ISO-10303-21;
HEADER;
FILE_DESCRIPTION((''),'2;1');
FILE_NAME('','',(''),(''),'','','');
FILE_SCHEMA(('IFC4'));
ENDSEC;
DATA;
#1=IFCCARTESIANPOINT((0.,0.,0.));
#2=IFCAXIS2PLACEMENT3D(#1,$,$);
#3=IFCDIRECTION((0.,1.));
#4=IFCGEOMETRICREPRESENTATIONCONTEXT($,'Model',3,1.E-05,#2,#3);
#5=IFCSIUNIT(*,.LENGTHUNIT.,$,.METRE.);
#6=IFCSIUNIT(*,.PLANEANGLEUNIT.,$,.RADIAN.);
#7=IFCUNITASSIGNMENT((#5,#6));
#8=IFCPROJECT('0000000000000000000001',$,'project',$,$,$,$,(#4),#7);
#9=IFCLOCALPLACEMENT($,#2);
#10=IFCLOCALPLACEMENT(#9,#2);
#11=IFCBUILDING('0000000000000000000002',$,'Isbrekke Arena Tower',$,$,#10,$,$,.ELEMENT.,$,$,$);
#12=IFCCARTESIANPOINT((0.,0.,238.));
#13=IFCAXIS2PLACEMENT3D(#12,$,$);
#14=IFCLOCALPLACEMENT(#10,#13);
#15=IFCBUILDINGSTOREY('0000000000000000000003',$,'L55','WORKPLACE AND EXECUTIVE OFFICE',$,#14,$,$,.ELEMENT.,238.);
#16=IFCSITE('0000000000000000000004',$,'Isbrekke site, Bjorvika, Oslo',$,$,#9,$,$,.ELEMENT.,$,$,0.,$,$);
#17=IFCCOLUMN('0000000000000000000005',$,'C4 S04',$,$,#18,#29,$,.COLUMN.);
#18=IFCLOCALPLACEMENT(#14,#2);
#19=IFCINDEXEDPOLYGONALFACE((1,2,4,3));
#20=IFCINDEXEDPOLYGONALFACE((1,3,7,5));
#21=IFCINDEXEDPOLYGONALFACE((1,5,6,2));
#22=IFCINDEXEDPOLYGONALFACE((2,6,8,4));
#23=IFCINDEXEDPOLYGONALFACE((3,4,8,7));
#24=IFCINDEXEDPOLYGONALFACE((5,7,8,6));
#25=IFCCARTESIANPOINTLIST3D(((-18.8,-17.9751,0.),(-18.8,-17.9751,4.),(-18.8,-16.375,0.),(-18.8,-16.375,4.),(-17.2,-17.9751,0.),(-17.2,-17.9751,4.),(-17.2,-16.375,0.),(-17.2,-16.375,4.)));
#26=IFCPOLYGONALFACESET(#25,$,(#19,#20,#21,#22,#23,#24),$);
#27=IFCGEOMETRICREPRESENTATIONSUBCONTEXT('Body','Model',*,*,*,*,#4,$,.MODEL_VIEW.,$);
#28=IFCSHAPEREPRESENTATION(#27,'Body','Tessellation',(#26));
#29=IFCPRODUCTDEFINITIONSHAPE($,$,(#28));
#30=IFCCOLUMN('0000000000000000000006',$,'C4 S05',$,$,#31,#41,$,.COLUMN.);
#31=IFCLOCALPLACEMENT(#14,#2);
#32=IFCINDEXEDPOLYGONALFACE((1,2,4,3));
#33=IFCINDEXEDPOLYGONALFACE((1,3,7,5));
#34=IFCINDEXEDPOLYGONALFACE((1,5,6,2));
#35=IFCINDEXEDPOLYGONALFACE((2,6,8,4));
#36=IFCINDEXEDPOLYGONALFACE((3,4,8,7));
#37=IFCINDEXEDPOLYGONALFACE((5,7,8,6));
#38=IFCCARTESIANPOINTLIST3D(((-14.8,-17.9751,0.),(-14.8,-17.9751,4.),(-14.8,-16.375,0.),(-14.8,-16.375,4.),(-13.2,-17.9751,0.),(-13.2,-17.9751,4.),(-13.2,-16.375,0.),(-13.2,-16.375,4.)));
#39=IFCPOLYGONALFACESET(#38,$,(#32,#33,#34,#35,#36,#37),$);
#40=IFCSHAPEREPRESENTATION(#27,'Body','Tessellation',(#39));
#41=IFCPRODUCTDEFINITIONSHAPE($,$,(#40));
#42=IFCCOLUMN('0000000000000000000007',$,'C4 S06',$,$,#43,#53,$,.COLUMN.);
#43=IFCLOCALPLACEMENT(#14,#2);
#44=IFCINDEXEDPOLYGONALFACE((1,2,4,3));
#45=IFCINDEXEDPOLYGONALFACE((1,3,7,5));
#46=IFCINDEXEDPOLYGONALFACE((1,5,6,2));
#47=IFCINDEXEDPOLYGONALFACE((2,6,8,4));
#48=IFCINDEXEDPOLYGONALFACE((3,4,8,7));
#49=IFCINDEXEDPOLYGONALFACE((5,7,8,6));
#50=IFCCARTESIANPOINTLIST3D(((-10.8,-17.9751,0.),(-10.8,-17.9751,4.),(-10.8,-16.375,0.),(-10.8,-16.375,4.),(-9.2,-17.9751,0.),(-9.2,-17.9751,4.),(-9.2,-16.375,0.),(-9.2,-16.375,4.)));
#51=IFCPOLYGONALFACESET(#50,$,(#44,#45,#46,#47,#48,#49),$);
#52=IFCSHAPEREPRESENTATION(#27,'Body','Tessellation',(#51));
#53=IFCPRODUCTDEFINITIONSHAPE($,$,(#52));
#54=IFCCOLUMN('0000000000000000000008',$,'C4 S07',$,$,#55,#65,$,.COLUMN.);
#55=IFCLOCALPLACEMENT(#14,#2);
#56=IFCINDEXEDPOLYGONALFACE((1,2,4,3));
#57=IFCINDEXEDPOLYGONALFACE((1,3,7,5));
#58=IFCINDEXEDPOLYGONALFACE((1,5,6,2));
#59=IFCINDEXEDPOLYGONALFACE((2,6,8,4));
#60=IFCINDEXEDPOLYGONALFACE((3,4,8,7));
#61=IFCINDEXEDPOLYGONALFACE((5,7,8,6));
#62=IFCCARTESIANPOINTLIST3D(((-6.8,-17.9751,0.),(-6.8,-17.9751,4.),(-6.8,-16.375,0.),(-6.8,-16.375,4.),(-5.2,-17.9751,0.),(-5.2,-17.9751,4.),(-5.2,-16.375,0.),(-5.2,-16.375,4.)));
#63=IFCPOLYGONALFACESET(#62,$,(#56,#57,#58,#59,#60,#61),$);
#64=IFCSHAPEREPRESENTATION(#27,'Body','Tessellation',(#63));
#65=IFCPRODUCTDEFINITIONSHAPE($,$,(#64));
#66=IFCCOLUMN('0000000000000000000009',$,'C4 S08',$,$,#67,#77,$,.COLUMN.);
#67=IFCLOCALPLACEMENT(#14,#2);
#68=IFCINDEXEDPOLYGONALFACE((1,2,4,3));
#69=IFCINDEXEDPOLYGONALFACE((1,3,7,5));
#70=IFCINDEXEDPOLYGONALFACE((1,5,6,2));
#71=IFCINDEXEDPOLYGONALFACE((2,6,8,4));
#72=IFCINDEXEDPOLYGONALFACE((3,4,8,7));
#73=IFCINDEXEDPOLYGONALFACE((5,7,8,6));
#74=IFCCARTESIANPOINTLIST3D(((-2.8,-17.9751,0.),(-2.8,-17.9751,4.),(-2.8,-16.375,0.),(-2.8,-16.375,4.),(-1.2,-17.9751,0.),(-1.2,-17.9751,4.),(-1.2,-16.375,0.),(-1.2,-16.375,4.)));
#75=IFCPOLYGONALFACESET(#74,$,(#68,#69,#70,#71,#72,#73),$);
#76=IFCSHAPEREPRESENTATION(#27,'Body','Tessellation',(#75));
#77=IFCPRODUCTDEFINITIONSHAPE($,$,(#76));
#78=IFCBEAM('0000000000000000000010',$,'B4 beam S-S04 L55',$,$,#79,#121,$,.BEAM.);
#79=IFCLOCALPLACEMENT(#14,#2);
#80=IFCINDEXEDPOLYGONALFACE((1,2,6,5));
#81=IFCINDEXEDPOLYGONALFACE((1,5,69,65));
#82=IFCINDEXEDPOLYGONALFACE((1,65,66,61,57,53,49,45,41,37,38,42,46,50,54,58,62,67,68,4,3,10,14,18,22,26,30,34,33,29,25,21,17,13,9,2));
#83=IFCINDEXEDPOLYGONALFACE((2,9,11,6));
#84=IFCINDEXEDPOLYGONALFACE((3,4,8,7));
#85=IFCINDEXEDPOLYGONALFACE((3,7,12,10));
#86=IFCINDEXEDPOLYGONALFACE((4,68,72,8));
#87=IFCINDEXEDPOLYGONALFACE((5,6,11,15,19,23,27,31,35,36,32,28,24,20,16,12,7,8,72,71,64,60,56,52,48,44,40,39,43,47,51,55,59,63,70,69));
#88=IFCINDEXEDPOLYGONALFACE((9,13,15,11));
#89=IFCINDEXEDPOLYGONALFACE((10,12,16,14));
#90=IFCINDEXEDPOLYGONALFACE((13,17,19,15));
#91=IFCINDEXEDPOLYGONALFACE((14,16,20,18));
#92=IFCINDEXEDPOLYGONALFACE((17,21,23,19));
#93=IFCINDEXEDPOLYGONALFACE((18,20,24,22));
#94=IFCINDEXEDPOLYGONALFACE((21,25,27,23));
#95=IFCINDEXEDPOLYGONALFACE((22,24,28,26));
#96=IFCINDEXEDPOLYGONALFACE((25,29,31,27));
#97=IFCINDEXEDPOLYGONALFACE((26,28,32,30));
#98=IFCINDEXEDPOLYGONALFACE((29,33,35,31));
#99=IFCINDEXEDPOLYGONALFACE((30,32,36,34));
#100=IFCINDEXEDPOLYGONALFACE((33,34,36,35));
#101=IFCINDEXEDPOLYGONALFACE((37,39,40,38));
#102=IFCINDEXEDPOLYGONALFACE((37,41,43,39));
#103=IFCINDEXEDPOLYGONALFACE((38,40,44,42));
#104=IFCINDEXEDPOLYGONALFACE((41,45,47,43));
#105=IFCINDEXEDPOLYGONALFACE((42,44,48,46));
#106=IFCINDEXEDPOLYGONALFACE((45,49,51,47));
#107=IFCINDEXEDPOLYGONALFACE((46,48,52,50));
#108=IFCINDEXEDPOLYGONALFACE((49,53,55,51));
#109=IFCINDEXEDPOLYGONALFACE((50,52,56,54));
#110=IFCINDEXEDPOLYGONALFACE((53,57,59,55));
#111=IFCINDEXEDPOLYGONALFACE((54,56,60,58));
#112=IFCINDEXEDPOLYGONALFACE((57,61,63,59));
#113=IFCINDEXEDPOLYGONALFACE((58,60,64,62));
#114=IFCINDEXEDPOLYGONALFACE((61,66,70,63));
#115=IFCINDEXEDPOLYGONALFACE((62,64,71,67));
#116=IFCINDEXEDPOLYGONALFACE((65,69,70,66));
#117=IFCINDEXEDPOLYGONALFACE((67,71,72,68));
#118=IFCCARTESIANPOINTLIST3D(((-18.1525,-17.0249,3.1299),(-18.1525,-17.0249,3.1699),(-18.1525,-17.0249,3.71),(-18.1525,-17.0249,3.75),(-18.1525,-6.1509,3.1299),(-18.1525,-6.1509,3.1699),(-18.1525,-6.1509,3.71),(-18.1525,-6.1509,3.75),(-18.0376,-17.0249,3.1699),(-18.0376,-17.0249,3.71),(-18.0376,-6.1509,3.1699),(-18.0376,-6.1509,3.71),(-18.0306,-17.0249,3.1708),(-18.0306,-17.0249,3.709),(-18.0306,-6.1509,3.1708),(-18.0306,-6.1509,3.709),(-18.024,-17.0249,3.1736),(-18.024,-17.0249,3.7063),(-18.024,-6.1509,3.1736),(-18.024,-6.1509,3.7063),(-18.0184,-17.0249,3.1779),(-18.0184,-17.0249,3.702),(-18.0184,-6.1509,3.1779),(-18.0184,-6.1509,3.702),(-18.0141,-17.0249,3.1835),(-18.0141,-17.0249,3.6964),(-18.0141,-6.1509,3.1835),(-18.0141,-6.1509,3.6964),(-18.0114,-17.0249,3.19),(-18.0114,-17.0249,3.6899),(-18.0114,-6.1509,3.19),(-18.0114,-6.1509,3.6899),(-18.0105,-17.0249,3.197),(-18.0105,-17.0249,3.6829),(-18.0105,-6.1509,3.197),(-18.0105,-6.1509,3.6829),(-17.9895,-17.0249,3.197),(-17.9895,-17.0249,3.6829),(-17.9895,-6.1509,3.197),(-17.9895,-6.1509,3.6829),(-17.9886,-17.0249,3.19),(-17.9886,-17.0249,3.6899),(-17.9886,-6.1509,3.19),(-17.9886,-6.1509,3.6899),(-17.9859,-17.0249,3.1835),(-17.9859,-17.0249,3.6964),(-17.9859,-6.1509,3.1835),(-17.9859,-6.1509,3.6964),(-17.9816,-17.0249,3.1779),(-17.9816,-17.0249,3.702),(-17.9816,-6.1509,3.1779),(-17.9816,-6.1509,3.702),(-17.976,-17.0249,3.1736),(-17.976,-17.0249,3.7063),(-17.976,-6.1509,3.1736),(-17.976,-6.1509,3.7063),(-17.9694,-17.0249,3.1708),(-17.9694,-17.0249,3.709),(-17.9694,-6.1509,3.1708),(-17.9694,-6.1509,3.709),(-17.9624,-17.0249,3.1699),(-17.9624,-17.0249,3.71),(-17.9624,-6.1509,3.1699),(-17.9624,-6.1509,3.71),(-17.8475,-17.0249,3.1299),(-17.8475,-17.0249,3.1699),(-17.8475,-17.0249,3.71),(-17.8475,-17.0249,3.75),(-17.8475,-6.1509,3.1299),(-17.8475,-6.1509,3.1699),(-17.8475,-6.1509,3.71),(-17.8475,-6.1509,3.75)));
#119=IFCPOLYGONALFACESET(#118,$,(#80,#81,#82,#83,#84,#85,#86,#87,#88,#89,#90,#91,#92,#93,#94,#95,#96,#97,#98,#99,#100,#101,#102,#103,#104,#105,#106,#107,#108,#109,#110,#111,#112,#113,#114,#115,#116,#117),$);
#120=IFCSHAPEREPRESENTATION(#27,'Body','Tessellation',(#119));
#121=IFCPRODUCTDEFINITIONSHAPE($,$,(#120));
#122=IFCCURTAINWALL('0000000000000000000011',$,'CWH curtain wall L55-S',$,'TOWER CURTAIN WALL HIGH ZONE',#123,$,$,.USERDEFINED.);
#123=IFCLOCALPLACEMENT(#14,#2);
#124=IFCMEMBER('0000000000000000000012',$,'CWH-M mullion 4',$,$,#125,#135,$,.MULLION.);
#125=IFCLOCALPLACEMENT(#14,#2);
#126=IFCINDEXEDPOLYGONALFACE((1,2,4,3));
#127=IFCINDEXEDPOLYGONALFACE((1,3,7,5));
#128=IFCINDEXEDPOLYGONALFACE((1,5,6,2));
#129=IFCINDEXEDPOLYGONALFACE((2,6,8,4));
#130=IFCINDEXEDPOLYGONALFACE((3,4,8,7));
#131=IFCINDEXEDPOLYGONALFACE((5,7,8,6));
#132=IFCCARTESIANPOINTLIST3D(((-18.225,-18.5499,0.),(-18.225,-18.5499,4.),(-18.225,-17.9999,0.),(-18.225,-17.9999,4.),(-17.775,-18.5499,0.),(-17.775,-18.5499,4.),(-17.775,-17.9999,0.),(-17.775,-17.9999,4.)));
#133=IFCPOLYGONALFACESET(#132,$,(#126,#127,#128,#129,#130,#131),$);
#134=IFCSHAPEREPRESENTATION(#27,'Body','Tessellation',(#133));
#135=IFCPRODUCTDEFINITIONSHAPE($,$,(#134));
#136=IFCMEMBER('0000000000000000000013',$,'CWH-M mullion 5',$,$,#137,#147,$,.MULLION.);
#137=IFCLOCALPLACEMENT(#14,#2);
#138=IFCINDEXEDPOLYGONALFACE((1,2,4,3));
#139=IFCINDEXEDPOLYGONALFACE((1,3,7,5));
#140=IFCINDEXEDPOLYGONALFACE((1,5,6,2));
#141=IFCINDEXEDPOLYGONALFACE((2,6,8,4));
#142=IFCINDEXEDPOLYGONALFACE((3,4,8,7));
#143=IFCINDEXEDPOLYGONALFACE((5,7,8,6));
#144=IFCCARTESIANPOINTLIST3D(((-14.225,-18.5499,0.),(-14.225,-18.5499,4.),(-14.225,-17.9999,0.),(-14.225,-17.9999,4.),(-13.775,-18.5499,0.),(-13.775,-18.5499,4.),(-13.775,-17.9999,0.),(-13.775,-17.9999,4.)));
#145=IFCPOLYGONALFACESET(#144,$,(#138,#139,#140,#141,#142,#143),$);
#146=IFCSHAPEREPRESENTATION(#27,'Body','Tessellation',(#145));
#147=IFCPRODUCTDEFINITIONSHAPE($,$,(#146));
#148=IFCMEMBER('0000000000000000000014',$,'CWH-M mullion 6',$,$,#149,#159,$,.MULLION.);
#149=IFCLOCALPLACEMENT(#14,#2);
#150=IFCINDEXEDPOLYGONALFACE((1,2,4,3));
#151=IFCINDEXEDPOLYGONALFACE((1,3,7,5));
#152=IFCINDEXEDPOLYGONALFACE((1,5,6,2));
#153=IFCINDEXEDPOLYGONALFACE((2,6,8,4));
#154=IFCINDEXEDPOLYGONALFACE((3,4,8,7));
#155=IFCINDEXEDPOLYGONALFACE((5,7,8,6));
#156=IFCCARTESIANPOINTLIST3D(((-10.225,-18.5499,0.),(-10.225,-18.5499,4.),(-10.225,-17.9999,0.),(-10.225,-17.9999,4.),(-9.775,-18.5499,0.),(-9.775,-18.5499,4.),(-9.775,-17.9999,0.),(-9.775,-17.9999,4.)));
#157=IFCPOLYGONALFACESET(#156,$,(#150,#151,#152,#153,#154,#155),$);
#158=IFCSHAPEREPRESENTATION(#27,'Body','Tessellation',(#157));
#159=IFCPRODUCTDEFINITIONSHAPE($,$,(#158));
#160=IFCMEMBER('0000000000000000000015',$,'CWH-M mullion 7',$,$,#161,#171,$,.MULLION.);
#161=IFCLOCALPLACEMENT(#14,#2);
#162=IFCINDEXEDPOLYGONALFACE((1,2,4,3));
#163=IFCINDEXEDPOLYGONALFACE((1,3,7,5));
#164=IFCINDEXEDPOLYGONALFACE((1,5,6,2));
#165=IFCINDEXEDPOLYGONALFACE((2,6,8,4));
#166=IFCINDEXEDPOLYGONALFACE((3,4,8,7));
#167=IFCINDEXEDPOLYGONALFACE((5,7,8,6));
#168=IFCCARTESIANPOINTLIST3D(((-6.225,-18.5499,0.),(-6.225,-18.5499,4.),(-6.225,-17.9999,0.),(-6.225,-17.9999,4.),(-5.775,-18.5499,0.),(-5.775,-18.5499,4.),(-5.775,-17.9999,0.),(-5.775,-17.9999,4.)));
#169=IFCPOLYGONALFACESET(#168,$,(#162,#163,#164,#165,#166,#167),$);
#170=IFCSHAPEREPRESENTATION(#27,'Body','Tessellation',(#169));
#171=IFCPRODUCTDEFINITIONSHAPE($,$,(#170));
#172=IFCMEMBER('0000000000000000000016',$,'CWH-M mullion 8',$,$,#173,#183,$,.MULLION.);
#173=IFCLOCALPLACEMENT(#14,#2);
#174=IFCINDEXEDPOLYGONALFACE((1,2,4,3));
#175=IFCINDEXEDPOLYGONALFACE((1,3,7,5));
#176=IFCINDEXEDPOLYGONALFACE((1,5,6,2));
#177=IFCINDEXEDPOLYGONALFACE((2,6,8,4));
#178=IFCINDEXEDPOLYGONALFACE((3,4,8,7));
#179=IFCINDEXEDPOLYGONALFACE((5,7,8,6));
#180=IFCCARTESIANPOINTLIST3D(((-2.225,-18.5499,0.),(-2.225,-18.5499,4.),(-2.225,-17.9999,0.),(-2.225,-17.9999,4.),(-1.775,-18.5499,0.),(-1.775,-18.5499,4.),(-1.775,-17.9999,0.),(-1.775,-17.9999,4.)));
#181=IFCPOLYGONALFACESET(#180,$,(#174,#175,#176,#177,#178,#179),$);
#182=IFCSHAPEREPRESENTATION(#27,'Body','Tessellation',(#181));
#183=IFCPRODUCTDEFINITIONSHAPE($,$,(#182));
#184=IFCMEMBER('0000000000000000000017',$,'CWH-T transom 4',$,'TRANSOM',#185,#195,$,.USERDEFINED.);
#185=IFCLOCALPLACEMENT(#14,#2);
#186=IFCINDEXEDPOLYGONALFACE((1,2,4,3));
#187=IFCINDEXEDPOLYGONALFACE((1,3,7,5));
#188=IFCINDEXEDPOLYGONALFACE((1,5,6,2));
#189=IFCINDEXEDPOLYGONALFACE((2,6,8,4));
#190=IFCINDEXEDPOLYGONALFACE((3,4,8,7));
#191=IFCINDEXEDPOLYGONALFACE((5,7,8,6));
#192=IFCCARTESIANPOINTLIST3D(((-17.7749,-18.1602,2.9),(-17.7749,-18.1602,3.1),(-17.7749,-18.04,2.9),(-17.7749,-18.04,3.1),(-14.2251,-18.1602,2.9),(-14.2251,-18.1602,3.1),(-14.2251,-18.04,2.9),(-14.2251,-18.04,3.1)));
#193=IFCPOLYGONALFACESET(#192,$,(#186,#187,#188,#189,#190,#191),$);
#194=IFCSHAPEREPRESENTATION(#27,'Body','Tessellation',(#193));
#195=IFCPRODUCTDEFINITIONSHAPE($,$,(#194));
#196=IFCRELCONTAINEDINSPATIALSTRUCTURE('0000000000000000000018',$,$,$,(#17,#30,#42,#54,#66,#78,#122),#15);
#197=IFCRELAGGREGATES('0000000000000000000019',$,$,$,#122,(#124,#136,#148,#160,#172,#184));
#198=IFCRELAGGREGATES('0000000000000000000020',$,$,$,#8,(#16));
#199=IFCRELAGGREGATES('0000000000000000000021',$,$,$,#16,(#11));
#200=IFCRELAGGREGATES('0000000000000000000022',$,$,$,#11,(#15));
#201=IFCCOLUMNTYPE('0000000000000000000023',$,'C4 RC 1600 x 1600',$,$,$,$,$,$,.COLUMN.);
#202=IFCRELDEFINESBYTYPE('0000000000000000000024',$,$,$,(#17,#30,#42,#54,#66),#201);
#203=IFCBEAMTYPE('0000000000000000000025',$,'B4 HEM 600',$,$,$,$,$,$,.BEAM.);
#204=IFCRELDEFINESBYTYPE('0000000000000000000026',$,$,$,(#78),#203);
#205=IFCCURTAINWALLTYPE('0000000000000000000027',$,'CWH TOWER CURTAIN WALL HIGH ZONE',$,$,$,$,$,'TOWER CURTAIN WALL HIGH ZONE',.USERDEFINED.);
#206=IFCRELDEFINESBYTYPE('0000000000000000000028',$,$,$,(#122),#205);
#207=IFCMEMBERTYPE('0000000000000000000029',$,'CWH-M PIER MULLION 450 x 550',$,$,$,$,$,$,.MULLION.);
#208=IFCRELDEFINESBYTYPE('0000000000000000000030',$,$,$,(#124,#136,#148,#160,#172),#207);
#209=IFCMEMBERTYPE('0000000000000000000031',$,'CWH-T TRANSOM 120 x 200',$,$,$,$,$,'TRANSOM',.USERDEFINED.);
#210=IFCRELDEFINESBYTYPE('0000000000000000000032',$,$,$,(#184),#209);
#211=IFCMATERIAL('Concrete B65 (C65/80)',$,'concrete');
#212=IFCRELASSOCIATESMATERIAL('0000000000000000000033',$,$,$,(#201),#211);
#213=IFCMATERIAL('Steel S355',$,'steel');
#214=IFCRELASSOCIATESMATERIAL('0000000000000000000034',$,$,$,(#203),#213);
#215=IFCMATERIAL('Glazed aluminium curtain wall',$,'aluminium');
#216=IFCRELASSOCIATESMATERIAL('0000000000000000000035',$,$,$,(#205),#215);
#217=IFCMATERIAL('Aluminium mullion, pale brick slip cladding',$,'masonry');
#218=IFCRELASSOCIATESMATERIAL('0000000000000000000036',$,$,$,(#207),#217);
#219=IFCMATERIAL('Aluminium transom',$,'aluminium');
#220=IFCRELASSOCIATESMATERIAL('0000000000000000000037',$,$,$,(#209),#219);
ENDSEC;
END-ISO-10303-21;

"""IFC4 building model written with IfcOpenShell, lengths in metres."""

from ifc_helpers import new_model, si_unit, direction, frame, origin, origin_2d, place, context, subcontext, project, spatial, rectangle, i_section, extrude, material, material_profile, profile_set, type_object, element, aggregate, save


model = new_model("IFC4")

# Units and contexts
model_context = context("Model", 3, precision=1e-05, world=origin(), true_north=direction((0.0, 1.0)))
body_context = subcontext(model_context, "Body", "Model", "MODEL_VIEW")
ifc_project = project(units=[si_unit("LENGTHUNIT", "METRE"), si_unit("PLANEANGLEUNIT", "RADIAN")], contexts=[model_context])

# Site, building, storey
site_placement = place(None, origin())
site = spatial("IfcSite", under=ifc_project, at=site_placement, Name="Isbrekke site, Bjorvika, Oslo", CompositionType="ELEMENT", RefElevation=0.0)
building_placement = place(site_placement, origin())
building = spatial("IfcBuilding", under=site, at=building_placement, Name="Isbrekke Arena Tower", CompositionType="ELEMENT")
storey_placement = place(building_placement, frame((0.0, 0.0, 238.0)))
storey = spatial("IfcBuildingStorey", under=building, at=storey_placement, Name="L55", Description="WORKPLACE AND EXECUTIVE OFFICE", CompositionType="ELEMENT", Elevation=238.0)

# Columns
ifc_material_1 = material(Name="Concrete B65 (C65/80)", Category="concrete")
ifc_material_profile_1 = material_profile(ifc_material_1, rectangle(XDim=1.6001, YDim=1.6001, at=origin_2d()), Name="RC 1600x1600")
ifc_profile_set_1 = profile_set([ifc_material_profile_1], Name="Concrete B65 (C65/80)")
column_type = type_object("IfcColumnType", Name="C4 RC 1600 x 1600", PredefinedType="COLUMN", material=ifc_profile_set_1)
for number, where, z_axis, x_axis, name in (
    (1, (-18.0, -17.175, 0.0), (0.0, 0.0, 1.0), (1.0, 0.0, 0.0), "C4 S04"),
    (2, (-14.0, -17.175, 0.0), (0.0, 0.0, 1.0), (1.0, 0.0, 0.0), "C4 S05"),
    (3, (-10.0, -17.175, 0.0), (0.0, 0.0, 1.0), (1.0, 0.0, 0.0), "C4 S06"),
    (4, (-6.0, -17.175, 0.0), (0.0, 0.0, 1.0), (1.0, 0.0, 0.0), "C4 S07"),
    (5, (-2.0, -17.175, 0.0), (0.0, 0.0, 1.0), (1.0, 0.0, 0.0), "C4 S08"),
):
    element("IfcColumn", number, at=place(storey_placement, frame(where, z_axis=z_axis, x_axis=x_axis)), inside=storey, type_object=column_type, Name=name, PredefinedType="COLUMN", context=body_context, shape_type="SweptSolid", body=[
        extrude(rectangle(XDim=1.6001, YDim=1.6001, at=origin_2d()), origin(), (0.0, 0.0, 1.0), 4.0),
    ])

# Beam
ifc_material_2 = material(Name="Steel S355", Category="steel")
ifc_material_profile_2 = material_profile(ifc_material_2, i_section(OverallWidth=0.3049, OverallDepth=0.6201, WebThickness=0.021, FlangeThickness=0.04, FilletRadius=0.0271, at=origin_2d()), Name="HEM 600")
ifc_profile_set_2 = profile_set([ifc_material_profile_2], Name="Steel S355")
beam_type_1 = type_object("IfcBeamType", Name="B4 HEM 600", PredefinedType="BEAM", material=ifc_profile_set_2)
beam_placement = place(storey_placement, frame((-18.0, -17.0249, 3.4399), z_axis=(0.0, 1.0, 0.0), x_axis=(-1.0, 0.0, 0.0)))
element("IfcBeam", 6, at=beam_placement, inside=storey, type_object=beam_type_1, Name="B4 beam S-S04 L55", PredefinedType="BEAM", context=body_context, shape_type="SweptSolid", body=[
    extrude(i_section(OverallWidth=0.3049, OverallDepth=0.6201, WebThickness=0.021, FlangeThickness=0.04, FilletRadius=0.0271, at=origin_2d()), origin(), (0.0, 0.0, 1.0), 10.874),
])

# Curtain wall, members
ifc_material_3 = material(Name="Glazed aluminium curtain wall", Category="aluminium")
curtain_wall_type = type_object("IfcCurtainWallType", Name="CWH TOWER CURTAIN WALL HIGH ZONE", ElementType="TOWER CURTAIN WALL HIGH ZONE", PredefinedType="USERDEFINED", material=ifc_material_3)
curtain_wall_placement = place(storey_placement, origin())
curtain_wall = element("IfcCurtainWall", 7, at=curtain_wall_placement, inside=storey, type_object=curtain_wall_type, Name="CWH curtain wall L55-S", ObjectType="TOWER CURTAIN WALL HIGH ZONE", PredefinedType="USERDEFINED")
ifc_material_4 = material(Name="Aluminium mullion, pale brick slip cladding", Category="masonry")
ifc_material_profile_3 = material_profile(ifc_material_4, rectangle(XDim=0.45, YDim=0.55, at=origin_2d()), Name="PIER 450X550")
ifc_profile_set_3 = profile_set([ifc_material_profile_3], Name="Aluminium mullion, pale brick slip cladding")
member_type_1 = type_object("IfcMemberType", Name="CWH-M PIER MULLION 450 x 550", PredefinedType="MULLION", material=ifc_profile_set_3)
member_1_placement = place(storey_placement, frame((-18.0, -18.2749, 0.0), z_axis=(0.0, 0.0, 1.0), x_axis=(1.0, 0.0, 0.0)))
member_1 = element("IfcMember", 8, at=member_1_placement, type_object=member_type_1, Name="CWH-M mullion 4", PredefinedType="MULLION", context=body_context, shape_type="SweptSolid", body=[
    extrude(rectangle(XDim=0.45, YDim=0.55, at=origin_2d()), origin(), (0.0, 0.0, 1.0), 4.0),
])
member_2_placement = place(storey_placement, frame((-14.0, -18.2749, 0.0), z_axis=(0.0, 0.0, 1.0), x_axis=(1.0, 0.0, 0.0)))
member_2 = element("IfcMember", 9, at=member_2_placement, type_object=member_type_1, Name="CWH-M mullion 5", PredefinedType="MULLION", context=body_context, shape_type="SweptSolid", body=[
    extrude(rectangle(XDim=0.45, YDim=0.55, at=origin_2d()), origin(), (0.0, 0.0, 1.0), 4.0),
])
member_3_placement = place(storey_placement, frame((-10.0, -18.2749, 0.0), z_axis=(0.0, 0.0, 1.0), x_axis=(1.0, 0.0, 0.0)))
member_3 = element("IfcMember", 10, at=member_3_placement, type_object=member_type_1, Name="CWH-M mullion 6", PredefinedType="MULLION", context=body_context, shape_type="SweptSolid", body=[
    extrude(rectangle(XDim=0.45, YDim=0.55, at=origin_2d()), origin(), (0.0, 0.0, 1.0), 4.0),
])
member_4_placement = place(storey_placement, frame((-6.0, -18.2749, 0.0), z_axis=(0.0, 0.0, 1.0), x_axis=(1.0, 0.0, 0.0)))
member_4 = element("IfcMember", 11, at=member_4_placement, type_object=member_type_1, Name="CWH-M mullion 7", PredefinedType="MULLION", context=body_context, shape_type="SweptSolid", body=[
    extrude(rectangle(XDim=0.45, YDim=0.55, at=origin_2d()), origin(), (0.0, 0.0, 1.0), 4.0),
])
member_5_placement = place(storey_placement, frame((-2.0, -18.2749, 0.0), z_axis=(0.0, 0.0, 1.0), x_axis=(1.0, 0.0, 0.0)))
member_5 = element("IfcMember", 12, at=member_5_placement, type_object=member_type_1, Name="CWH-M mullion 8", PredefinedType="MULLION", context=body_context, shape_type="SweptSolid", body=[
    extrude(rectangle(XDim=0.45, YDim=0.55, at=origin_2d()), origin(), (0.0, 0.0, 1.0), 4.0),
])
ifc_material_5 = material(Name="Aluminium transom", Category="aluminium")
ifc_material_profile_4 = material_profile(ifc_material_5, rectangle(XDim=0.1201, YDim=0.2, at=origin_2d()), Name="TRANSOM 120X200")
ifc_profile_set_4 = profile_set([ifc_material_profile_4], Name="Aluminium transom")
member_type_2 = type_object("IfcMemberType", Name="CWH-T TRANSOM 120 x 200", ElementType="TRANSOM", PredefinedType="USERDEFINED", material=ifc_profile_set_4)
member_6_placement = place(storey_placement, frame((-17.7749, -18.1001, 3.0), z_axis=(1.0, 0.0, 0.0), x_axis=(0.0, 1.0, 0.0)))
member_6 = element("IfcMember", 13, at=member_6_placement, type_object=member_type_2, Name="CWH-T transom 4", ObjectType="TRANSOM", PredefinedType="USERDEFINED", context=body_context, shape_type="SweptSolid", body=[
    extrude(rectangle(XDim=0.1201, YDim=0.2, at=origin_2d()), origin(), (0.0, 0.0, 1.0), 3.5498),
])

aggregate(curtain_wall, [member_1, member_2, member_3, member_4, member_5, member_6])

save(model, "model.ifc")
